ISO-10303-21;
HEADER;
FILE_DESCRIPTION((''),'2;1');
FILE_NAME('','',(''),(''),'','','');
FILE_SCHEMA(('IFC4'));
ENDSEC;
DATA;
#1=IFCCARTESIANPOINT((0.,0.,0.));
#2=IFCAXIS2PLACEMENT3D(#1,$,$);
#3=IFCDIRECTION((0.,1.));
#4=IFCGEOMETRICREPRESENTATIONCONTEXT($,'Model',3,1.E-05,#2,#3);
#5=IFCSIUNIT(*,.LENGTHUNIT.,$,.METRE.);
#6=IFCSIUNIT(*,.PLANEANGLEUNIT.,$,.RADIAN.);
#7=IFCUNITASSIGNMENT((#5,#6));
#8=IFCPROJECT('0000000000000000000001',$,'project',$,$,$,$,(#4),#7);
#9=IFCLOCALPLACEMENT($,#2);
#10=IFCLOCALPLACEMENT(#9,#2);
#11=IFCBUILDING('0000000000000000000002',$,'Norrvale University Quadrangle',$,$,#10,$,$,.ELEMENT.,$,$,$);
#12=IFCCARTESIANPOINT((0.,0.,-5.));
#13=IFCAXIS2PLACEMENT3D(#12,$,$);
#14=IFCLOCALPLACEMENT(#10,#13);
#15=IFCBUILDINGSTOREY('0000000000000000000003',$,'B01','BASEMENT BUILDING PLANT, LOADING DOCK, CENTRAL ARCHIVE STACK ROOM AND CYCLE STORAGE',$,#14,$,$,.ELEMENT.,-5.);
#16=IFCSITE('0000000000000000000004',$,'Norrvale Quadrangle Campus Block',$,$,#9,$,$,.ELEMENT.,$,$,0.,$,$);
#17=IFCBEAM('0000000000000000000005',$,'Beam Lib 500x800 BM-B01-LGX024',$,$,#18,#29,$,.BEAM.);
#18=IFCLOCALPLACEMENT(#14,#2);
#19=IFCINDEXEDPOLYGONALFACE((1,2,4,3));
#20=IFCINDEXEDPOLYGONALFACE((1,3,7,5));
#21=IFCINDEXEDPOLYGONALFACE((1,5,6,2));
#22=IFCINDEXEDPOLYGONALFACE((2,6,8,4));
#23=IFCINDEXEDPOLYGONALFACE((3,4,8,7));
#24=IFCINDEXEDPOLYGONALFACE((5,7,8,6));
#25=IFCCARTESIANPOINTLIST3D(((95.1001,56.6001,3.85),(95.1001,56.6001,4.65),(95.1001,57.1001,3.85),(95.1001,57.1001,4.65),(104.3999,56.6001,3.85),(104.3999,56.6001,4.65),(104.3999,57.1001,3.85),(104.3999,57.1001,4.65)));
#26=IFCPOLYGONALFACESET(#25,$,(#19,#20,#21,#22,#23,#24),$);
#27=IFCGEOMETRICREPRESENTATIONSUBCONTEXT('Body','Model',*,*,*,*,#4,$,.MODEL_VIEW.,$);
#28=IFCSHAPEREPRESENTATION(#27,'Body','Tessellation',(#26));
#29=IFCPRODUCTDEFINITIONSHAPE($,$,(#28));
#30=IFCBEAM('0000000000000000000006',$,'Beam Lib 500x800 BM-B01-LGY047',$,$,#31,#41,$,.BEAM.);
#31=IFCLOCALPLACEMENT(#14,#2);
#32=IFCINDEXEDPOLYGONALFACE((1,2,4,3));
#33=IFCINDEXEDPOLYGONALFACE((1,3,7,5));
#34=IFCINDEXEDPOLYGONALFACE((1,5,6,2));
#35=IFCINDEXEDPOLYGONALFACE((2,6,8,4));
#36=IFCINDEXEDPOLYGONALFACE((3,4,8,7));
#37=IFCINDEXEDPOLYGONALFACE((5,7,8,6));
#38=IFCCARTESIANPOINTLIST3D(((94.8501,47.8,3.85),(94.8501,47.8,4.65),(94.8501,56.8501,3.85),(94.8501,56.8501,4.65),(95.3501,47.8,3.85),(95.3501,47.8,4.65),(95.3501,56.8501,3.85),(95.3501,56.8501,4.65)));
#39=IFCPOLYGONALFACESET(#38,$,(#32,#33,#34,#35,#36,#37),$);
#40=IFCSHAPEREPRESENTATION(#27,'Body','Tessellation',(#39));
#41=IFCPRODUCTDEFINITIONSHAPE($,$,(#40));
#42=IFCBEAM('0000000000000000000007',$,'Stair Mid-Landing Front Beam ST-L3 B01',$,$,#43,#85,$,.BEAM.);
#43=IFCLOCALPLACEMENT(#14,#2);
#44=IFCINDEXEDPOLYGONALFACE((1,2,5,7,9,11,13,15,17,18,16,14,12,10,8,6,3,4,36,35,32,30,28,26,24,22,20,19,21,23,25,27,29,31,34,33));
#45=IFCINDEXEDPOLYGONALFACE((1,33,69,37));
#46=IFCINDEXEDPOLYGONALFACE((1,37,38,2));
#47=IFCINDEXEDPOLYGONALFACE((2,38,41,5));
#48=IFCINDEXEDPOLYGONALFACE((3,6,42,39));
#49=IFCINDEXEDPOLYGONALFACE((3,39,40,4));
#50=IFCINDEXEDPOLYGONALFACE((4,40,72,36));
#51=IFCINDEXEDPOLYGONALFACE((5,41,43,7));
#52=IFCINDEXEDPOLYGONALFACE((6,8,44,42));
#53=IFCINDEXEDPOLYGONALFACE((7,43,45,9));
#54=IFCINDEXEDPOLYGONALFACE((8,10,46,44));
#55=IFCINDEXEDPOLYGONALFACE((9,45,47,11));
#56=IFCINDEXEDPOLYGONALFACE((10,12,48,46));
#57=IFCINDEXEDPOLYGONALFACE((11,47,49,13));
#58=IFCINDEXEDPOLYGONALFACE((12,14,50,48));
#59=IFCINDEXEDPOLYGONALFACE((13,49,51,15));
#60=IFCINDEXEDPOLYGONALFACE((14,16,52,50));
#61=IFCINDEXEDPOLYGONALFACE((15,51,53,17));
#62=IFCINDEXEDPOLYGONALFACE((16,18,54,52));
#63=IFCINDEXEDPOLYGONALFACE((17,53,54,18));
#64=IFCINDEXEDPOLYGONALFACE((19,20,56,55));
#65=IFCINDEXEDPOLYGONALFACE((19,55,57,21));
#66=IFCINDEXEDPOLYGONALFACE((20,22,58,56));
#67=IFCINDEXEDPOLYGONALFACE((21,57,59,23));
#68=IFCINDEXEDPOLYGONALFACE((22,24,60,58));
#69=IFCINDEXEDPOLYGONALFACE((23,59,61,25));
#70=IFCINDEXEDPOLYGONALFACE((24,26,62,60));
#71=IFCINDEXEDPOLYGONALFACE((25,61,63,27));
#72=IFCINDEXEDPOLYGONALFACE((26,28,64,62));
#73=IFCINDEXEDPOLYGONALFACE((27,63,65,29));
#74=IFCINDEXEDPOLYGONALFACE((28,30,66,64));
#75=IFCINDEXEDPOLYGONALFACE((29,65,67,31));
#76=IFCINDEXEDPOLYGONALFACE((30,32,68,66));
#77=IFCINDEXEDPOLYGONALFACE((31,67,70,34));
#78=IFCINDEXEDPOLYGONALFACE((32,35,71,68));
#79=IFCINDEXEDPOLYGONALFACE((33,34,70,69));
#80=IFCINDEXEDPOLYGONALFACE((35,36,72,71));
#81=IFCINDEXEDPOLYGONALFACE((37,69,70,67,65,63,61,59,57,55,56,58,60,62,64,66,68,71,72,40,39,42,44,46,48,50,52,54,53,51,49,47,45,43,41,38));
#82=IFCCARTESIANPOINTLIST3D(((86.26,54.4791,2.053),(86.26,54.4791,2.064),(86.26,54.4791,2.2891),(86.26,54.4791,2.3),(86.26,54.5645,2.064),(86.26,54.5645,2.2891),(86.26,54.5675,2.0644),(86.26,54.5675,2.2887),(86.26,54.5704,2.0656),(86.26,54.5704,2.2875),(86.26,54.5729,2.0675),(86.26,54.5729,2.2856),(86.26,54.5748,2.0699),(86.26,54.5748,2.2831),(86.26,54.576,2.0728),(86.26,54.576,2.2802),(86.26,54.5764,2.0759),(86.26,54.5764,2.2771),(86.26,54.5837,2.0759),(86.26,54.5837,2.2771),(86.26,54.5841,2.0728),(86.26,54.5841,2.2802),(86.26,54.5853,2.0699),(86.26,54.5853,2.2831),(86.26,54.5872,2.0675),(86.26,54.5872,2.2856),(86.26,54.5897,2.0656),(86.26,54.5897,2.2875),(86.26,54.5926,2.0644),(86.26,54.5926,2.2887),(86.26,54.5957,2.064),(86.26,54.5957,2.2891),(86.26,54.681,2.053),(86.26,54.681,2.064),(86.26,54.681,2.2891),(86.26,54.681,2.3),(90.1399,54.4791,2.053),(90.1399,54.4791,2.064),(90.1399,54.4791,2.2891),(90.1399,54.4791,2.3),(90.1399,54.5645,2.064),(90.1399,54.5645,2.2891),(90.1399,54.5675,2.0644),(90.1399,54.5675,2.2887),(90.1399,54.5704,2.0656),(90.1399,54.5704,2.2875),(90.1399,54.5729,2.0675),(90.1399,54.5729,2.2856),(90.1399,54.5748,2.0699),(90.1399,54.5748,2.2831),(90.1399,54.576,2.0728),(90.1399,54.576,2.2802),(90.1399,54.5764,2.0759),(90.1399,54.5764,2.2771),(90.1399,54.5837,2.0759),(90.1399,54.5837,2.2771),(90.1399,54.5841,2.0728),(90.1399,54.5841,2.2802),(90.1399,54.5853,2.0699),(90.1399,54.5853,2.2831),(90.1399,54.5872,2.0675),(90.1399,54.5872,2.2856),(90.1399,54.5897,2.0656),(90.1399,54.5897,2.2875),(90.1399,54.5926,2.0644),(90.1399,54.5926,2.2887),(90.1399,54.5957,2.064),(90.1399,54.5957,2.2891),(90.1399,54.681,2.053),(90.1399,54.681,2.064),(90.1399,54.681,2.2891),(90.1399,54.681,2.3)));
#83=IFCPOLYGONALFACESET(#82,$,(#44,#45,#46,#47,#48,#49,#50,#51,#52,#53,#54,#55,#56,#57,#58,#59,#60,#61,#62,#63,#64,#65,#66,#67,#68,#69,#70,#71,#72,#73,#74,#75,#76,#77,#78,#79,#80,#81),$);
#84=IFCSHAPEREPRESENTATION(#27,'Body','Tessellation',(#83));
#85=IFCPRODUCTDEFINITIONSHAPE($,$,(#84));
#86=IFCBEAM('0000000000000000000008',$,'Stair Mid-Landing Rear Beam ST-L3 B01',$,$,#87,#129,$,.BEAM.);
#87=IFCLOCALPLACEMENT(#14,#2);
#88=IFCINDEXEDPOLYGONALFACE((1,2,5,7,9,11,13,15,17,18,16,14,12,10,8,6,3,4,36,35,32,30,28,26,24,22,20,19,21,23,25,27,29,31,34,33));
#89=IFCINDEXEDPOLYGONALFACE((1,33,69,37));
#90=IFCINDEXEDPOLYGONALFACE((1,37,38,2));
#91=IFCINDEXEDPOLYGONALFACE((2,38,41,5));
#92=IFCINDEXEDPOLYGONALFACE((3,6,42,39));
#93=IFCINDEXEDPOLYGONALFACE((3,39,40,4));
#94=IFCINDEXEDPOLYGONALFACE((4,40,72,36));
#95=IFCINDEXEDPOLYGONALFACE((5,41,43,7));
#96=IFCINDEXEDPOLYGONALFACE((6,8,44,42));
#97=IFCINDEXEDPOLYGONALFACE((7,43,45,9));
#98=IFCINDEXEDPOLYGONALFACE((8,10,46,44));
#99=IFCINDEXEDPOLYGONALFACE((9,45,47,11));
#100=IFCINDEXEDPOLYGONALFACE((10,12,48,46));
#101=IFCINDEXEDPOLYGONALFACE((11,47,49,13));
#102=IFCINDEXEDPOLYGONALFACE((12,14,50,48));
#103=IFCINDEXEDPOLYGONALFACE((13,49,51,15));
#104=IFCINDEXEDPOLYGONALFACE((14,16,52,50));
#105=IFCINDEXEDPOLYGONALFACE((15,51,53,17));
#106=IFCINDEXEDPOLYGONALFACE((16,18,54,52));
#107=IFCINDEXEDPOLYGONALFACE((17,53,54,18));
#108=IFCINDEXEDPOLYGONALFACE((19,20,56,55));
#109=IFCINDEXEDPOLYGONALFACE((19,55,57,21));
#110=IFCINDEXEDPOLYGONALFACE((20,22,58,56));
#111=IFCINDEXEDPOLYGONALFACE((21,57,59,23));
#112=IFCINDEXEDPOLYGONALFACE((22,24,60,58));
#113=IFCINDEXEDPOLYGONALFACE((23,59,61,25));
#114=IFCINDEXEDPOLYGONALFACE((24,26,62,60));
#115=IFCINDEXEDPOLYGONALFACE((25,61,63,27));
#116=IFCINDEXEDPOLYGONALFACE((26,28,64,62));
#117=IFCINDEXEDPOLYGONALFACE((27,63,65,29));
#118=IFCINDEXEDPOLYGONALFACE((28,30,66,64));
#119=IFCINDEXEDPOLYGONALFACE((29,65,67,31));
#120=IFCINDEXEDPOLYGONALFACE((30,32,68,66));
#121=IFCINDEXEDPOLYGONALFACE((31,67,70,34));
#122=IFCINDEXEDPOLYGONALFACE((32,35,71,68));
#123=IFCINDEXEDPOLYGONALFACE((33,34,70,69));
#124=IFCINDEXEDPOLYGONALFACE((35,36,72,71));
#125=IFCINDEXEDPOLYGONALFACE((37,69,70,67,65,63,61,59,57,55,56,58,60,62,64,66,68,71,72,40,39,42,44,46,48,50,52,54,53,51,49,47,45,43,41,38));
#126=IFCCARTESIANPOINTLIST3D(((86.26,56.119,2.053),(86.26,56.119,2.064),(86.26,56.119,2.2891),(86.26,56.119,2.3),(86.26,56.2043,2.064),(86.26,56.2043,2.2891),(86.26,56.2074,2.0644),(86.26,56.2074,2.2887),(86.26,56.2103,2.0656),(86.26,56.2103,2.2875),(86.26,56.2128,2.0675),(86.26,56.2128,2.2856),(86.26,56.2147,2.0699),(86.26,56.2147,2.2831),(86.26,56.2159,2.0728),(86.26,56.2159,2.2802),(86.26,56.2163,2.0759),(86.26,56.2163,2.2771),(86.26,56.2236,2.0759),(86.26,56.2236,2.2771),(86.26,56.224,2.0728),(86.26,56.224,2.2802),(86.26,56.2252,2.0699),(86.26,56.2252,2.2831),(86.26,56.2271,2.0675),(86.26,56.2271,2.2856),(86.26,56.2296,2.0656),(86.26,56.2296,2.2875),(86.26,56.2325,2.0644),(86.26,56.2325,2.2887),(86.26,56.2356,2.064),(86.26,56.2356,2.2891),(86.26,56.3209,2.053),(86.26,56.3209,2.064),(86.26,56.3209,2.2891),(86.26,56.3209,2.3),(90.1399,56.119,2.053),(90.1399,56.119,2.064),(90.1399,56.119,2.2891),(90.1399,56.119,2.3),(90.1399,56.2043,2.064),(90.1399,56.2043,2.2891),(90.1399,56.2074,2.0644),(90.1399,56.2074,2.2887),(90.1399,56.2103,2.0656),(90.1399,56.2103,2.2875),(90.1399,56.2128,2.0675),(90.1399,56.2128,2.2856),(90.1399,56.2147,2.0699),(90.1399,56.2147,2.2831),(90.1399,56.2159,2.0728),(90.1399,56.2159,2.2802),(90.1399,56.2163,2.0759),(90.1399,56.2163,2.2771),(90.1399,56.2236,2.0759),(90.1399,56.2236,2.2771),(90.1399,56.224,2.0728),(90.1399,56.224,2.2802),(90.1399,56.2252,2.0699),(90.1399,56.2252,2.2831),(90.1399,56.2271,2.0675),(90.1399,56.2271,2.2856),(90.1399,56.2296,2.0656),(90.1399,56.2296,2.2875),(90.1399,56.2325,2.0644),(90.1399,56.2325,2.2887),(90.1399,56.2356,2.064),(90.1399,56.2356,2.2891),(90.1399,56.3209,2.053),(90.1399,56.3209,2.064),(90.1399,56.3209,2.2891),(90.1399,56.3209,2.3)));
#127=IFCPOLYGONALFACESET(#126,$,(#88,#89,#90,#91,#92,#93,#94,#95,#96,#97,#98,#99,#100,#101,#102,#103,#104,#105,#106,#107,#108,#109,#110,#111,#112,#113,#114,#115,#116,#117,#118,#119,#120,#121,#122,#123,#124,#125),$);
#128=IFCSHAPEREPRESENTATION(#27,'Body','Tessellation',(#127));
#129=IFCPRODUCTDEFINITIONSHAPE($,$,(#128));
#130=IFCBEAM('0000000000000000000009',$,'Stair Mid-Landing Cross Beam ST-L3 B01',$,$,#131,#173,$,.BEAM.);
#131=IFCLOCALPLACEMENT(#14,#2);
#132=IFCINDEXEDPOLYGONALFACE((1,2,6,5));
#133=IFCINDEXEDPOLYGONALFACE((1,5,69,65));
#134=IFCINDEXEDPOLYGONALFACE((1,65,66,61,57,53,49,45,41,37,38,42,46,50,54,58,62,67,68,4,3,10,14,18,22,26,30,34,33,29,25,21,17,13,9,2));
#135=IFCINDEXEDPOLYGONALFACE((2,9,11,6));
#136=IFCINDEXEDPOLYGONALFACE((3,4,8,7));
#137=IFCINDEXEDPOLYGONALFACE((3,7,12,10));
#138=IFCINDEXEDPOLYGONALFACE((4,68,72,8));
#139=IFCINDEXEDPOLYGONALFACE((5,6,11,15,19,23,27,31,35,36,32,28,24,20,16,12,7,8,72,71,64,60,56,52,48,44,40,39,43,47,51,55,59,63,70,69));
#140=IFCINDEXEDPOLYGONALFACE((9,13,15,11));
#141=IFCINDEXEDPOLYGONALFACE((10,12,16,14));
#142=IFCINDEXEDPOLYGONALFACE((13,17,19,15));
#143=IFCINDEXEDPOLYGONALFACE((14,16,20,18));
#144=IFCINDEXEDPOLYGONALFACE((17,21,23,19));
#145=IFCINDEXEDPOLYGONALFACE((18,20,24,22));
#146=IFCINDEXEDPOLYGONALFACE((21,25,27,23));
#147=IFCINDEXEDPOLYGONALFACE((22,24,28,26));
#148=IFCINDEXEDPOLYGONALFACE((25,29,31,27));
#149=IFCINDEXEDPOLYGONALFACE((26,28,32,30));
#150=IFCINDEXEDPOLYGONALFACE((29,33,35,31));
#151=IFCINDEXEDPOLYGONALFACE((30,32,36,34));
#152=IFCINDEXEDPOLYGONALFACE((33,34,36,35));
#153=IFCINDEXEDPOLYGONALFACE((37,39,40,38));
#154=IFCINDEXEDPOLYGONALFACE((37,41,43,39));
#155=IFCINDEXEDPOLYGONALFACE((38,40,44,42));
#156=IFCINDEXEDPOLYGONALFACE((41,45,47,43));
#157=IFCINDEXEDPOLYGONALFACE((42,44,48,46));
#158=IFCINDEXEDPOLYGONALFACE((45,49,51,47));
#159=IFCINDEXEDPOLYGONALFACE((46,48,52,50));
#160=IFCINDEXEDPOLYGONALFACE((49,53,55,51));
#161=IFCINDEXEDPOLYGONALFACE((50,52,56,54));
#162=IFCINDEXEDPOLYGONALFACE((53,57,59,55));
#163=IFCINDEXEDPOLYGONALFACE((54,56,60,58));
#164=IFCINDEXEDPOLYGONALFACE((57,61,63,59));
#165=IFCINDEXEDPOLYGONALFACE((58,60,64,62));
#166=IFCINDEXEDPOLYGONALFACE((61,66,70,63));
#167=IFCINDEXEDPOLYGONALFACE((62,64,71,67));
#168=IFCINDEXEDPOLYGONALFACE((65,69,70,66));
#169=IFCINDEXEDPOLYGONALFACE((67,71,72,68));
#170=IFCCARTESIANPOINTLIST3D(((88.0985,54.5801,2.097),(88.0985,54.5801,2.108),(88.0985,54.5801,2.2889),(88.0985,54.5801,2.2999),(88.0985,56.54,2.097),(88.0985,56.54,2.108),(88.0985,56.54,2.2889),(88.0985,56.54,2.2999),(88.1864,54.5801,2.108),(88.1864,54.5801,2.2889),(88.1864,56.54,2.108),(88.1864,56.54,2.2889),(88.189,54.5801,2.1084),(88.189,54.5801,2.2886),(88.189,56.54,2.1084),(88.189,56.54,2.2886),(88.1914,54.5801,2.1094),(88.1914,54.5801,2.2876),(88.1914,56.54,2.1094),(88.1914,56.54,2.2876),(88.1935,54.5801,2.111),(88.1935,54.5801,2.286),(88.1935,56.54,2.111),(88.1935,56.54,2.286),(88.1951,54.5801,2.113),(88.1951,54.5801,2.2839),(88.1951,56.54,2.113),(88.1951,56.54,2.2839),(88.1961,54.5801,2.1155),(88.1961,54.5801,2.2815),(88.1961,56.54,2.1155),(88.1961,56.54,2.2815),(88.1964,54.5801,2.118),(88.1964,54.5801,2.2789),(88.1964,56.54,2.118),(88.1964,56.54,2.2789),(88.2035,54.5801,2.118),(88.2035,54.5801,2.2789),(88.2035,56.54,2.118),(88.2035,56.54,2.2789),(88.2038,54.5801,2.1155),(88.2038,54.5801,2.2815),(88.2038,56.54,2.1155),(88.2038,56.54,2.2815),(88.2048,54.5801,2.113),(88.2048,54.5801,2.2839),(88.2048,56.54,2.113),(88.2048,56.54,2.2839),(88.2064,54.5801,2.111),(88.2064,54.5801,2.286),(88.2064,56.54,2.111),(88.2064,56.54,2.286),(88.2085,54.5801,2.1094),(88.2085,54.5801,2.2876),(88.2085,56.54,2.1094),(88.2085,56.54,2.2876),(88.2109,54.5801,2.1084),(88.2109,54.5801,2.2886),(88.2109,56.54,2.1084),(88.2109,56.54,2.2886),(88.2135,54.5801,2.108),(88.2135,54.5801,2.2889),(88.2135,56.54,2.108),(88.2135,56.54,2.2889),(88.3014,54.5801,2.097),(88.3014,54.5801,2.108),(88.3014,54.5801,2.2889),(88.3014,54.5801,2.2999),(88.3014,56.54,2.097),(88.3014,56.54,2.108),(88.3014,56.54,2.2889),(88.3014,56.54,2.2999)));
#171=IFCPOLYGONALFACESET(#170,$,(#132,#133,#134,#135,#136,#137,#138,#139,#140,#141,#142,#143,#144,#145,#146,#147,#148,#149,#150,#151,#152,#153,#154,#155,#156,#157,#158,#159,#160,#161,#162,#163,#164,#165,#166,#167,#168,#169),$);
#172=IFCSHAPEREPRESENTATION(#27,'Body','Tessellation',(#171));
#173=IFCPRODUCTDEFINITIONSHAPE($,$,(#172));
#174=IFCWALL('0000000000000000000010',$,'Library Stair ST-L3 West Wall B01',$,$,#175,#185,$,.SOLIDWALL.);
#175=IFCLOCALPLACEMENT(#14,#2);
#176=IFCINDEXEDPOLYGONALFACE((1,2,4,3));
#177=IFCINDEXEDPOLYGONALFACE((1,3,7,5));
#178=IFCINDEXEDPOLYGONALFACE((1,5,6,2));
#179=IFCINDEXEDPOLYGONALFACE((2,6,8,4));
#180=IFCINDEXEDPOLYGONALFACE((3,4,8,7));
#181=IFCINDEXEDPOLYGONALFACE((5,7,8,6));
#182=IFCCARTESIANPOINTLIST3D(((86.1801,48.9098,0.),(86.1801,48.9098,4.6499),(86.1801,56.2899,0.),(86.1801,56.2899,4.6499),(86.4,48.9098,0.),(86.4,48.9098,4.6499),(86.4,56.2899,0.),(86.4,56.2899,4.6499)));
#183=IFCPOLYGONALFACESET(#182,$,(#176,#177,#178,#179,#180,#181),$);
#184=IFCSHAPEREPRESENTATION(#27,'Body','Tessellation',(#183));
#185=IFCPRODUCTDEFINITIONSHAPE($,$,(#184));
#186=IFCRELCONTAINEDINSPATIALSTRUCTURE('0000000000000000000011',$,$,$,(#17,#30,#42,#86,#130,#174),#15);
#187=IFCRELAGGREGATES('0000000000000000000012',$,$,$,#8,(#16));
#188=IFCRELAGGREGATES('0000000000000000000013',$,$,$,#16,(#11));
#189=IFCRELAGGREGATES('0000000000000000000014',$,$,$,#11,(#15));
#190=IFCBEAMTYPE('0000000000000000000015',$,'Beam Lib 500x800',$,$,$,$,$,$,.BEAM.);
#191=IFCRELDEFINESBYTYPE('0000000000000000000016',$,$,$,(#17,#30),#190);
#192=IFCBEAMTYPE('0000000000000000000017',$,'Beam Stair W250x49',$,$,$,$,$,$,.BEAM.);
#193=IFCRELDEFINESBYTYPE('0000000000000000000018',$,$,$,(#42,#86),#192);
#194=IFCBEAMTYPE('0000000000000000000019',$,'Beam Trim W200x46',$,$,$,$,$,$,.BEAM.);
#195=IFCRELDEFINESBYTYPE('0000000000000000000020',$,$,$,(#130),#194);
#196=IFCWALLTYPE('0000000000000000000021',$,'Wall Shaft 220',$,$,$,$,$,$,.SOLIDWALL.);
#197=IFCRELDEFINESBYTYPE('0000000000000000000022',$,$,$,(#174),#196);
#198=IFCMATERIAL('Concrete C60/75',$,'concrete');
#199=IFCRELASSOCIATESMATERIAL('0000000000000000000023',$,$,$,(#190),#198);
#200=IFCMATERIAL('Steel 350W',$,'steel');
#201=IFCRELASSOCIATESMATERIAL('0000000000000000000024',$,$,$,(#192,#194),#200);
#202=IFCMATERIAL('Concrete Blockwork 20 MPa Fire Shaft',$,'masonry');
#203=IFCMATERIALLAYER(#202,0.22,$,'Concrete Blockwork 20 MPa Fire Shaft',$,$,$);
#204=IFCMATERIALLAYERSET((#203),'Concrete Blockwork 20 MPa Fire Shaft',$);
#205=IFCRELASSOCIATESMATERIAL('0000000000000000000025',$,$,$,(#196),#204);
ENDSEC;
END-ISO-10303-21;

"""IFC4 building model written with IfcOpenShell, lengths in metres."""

from ifc_helpers import new_model, si_unit, direction, frame, frame_2d, origin, origin_2d, place, context, subcontext, project, spatial, rectangle, i_section, extrude, material, layer, layer_set, material_profile, profile_set, type_object, element, save


model = new_model("IFC4")

# Units and contexts
model_context = context("Model", 3, precision=1e-05, world=origin(), true_north=direction((0.0, 1.0)))
body_context = subcontext(model_context, "Body", "Model", "MODEL_VIEW")
ifc_project = project(units=[si_unit("LENGTHUNIT", "METRE"), si_unit("PLANEANGLEUNIT", "RADIAN")], contexts=[model_context])

# Site, building, storey
site_placement = place(None, origin())
site = spatial("IfcSite", under=ifc_project, at=site_placement, Name="Norrvale Quadrangle Campus Block", CompositionType="ELEMENT", RefElevation=0.0)
building_placement = place(site_placement, origin())
building = spatial("IfcBuilding", under=site, at=building_placement, Name="Norrvale University Quadrangle", CompositionType="ELEMENT")
storey_placement = place(building_placement, frame((0.0, 0.0, -5.0)))
storey = spatial("IfcBuildingStorey", under=building, at=storey_placement, Name="B01", Description="BASEMENT BUILDING PLANT, LOADING DOCK, CENTRAL ARCHIVE STACK ROOM AND CYCLE STORAGE", CompositionType="ELEMENT", Elevation=-5.0)

# Shared definitions
ifc_material_1 = material(Name="Concrete C60/75", Category="concrete")

# Beams
ifc_material_profile_1 = material_profile(ifc_material_1, rectangle(XDim=0.5, YDim=0.8, at=origin_2d()), Name="Concrete C60/75")
ifc_profile_set_1 = profile_set([ifc_material_profile_1], Name="Concrete C60/75")
beam_type_1 = type_object("IfcBeamType", Name="Beam Lib 500x800", PredefinedType="BEAM", material=ifc_profile_set_1)
for number, where, z_axis, x_axis, name in (
    (1, (95.1001, 56.8501, 4.25), (1.0, 0.0, 0.0), (0.0, 1.0, 0.0), "Beam Lib 500x800 BM-B01-LGX024"),
):
    element("IfcBeam", number, at=place(storey_placement, frame(where, z_axis=z_axis, x_axis=x_axis)), inside=storey, type_object=beam_type_1, Name=name, PredefinedType="BEAM", context=body_context, shape_type="SweptSolid", body=[
        extrude(rectangle(XDim=0.5, YDim=0.8, at=origin_2d()), origin(), (0.0, 0.0, 1.0), 9.2998),
    ])
beam_1_placement = place(storey_placement, frame((95.1001, 47.8, 4.25), z_axis=(0.0, 1.0, 0.0), x_axis=(-1.0, 0.0, 0.0)))
element("IfcBeam", 2, at=beam_1_placement, inside=storey, type_object=beam_type_1, Name="Beam Lib 500x800 BM-B01-LGY047", PredefinedType="BEAM", context=body_context, shape_type="SweptSolid", body=[
    extrude(rectangle(XDim=0.5, YDim=0.8, at=origin_2d()), origin(), (0.0, 0.0, 1.0), 9.05),
])
ifc_material_2 = material(Name="Steel 350W", Category="steel")
ifc_material_profile_2 = material_profile(ifc_material_2, i_section(OverallWidth=0.2019, OverallDepth=0.2471, WebThickness=0.0073, FlangeThickness=0.011, FilletRadius=0.012, at=origin_2d()), Name="Steel 350W")
ifc_profile_set_2 = profile_set([ifc_material_profile_2], Name="Steel 350W")
beam_type_2 = type_object("IfcBeamType", Name="Beam Stair W250x49", PredefinedType="BEAM", material=ifc_profile_set_2)
for number, where, z_axis, x_axis, name in (
    (3, (86.26, 54.5801, 2.1765), (1.0, 0.0, 0.0), (0.0, 1.0, 0.0), "Stair Mid-Landing Front Beam ST-L3 B01"),
    (4, (86.26, 56.22, 2.1765), (1.0, 0.0, 0.0), (0.0, 1.0, 0.0), "Stair Mid-Landing Rear Beam ST-L3 B01"),
):
    element("IfcBeam", number, at=place(storey_placement, frame(where, z_axis=z_axis, x_axis=x_axis)), inside=storey, type_object=beam_type_2, Name=name, PredefinedType="BEAM", context=body_context, shape_type="SweptSolid", body=[
        extrude(i_section(OverallWidth=0.2019, OverallDepth=0.2471, WebThickness=0.0073, FlangeThickness=0.011, FilletRadius=0.012, at=origin_2d()), origin(), (0.0, 0.0, 1.0), 3.8799),
    ])
ifc_material_profile_3 = material_profile(ifc_material_2, i_section(OverallWidth=0.2029, OverallDepth=0.2029, WebThickness=0.0071, FlangeThickness=0.011, FilletRadius=0.01, at=origin_2d()), Name="Steel 350W")
ifc_profile_set_3 = profile_set([ifc_material_profile_3], Name="Steel 350W")
beam_type_3 = type_object("IfcBeamType", Name="Beam Trim W200x46", PredefinedType="BEAM", material=ifc_profile_set_3)
beam_2_placement = place(storey_placement, frame((88.2, 54.5801, 2.1985), z_axis=(0.0, 1.0, 0.0), x_axis=(-1.0, 0.0, 0.0)))
element("IfcBeam", 5, at=beam_2_placement, inside=storey, type_object=beam_type_3, Name="Stair Mid-Landing Cross Beam ST-L3 B01", PredefinedType="BEAM", context=body_context, shape_type="SweptSolid", body=[
    extrude(i_section(OverallWidth=0.2029, OverallDepth=0.2029, WebThickness=0.0071, FlangeThickness=0.011, FilletRadius=0.01, at=origin_2d()), origin(), (0.0, 0.0, 1.0), 1.96),
])

# Wall
ifc_material_3 = material(Name="Concrete Blockwork 20 MPa Fire Shaft", Category="masonry")
ifc_layer = layer(ifc_material_3, 0.22, Name="Concrete Blockwork 20 MPa Fire Shaft")
ifc_layer_set = layer_set([ifc_layer], Name="Concrete Blockwork 20 MPa Fire Shaft")
wall_type = type_object("IfcWallType", Name="Wall Shaft 220", PredefinedType="SOLIDWALL", material=ifc_layer_set)
wall_1_placement = place(storey_placement, frame((86.29, 48.9099, 0.0), z_axis=(0.0, 0.0, 1.0), x_axis=(0.0, 1.0, 0.0)))
element("IfcWall", 6, at=wall_1_placement, inside=storey, type_object=wall_type, Name="Library Stair ST-L3 West Wall B01", PredefinedType="SOLIDWALL", context=body_context, shape_type="SweptSolid", body=[
    extrude(rectangle(XDim=7.3801, YDim=0.22, at=frame_2d((3.6899, 0.0))), origin(), (0.0, 0.0, 1.0), 4.6499),
])

save(model, "model.ifc")
